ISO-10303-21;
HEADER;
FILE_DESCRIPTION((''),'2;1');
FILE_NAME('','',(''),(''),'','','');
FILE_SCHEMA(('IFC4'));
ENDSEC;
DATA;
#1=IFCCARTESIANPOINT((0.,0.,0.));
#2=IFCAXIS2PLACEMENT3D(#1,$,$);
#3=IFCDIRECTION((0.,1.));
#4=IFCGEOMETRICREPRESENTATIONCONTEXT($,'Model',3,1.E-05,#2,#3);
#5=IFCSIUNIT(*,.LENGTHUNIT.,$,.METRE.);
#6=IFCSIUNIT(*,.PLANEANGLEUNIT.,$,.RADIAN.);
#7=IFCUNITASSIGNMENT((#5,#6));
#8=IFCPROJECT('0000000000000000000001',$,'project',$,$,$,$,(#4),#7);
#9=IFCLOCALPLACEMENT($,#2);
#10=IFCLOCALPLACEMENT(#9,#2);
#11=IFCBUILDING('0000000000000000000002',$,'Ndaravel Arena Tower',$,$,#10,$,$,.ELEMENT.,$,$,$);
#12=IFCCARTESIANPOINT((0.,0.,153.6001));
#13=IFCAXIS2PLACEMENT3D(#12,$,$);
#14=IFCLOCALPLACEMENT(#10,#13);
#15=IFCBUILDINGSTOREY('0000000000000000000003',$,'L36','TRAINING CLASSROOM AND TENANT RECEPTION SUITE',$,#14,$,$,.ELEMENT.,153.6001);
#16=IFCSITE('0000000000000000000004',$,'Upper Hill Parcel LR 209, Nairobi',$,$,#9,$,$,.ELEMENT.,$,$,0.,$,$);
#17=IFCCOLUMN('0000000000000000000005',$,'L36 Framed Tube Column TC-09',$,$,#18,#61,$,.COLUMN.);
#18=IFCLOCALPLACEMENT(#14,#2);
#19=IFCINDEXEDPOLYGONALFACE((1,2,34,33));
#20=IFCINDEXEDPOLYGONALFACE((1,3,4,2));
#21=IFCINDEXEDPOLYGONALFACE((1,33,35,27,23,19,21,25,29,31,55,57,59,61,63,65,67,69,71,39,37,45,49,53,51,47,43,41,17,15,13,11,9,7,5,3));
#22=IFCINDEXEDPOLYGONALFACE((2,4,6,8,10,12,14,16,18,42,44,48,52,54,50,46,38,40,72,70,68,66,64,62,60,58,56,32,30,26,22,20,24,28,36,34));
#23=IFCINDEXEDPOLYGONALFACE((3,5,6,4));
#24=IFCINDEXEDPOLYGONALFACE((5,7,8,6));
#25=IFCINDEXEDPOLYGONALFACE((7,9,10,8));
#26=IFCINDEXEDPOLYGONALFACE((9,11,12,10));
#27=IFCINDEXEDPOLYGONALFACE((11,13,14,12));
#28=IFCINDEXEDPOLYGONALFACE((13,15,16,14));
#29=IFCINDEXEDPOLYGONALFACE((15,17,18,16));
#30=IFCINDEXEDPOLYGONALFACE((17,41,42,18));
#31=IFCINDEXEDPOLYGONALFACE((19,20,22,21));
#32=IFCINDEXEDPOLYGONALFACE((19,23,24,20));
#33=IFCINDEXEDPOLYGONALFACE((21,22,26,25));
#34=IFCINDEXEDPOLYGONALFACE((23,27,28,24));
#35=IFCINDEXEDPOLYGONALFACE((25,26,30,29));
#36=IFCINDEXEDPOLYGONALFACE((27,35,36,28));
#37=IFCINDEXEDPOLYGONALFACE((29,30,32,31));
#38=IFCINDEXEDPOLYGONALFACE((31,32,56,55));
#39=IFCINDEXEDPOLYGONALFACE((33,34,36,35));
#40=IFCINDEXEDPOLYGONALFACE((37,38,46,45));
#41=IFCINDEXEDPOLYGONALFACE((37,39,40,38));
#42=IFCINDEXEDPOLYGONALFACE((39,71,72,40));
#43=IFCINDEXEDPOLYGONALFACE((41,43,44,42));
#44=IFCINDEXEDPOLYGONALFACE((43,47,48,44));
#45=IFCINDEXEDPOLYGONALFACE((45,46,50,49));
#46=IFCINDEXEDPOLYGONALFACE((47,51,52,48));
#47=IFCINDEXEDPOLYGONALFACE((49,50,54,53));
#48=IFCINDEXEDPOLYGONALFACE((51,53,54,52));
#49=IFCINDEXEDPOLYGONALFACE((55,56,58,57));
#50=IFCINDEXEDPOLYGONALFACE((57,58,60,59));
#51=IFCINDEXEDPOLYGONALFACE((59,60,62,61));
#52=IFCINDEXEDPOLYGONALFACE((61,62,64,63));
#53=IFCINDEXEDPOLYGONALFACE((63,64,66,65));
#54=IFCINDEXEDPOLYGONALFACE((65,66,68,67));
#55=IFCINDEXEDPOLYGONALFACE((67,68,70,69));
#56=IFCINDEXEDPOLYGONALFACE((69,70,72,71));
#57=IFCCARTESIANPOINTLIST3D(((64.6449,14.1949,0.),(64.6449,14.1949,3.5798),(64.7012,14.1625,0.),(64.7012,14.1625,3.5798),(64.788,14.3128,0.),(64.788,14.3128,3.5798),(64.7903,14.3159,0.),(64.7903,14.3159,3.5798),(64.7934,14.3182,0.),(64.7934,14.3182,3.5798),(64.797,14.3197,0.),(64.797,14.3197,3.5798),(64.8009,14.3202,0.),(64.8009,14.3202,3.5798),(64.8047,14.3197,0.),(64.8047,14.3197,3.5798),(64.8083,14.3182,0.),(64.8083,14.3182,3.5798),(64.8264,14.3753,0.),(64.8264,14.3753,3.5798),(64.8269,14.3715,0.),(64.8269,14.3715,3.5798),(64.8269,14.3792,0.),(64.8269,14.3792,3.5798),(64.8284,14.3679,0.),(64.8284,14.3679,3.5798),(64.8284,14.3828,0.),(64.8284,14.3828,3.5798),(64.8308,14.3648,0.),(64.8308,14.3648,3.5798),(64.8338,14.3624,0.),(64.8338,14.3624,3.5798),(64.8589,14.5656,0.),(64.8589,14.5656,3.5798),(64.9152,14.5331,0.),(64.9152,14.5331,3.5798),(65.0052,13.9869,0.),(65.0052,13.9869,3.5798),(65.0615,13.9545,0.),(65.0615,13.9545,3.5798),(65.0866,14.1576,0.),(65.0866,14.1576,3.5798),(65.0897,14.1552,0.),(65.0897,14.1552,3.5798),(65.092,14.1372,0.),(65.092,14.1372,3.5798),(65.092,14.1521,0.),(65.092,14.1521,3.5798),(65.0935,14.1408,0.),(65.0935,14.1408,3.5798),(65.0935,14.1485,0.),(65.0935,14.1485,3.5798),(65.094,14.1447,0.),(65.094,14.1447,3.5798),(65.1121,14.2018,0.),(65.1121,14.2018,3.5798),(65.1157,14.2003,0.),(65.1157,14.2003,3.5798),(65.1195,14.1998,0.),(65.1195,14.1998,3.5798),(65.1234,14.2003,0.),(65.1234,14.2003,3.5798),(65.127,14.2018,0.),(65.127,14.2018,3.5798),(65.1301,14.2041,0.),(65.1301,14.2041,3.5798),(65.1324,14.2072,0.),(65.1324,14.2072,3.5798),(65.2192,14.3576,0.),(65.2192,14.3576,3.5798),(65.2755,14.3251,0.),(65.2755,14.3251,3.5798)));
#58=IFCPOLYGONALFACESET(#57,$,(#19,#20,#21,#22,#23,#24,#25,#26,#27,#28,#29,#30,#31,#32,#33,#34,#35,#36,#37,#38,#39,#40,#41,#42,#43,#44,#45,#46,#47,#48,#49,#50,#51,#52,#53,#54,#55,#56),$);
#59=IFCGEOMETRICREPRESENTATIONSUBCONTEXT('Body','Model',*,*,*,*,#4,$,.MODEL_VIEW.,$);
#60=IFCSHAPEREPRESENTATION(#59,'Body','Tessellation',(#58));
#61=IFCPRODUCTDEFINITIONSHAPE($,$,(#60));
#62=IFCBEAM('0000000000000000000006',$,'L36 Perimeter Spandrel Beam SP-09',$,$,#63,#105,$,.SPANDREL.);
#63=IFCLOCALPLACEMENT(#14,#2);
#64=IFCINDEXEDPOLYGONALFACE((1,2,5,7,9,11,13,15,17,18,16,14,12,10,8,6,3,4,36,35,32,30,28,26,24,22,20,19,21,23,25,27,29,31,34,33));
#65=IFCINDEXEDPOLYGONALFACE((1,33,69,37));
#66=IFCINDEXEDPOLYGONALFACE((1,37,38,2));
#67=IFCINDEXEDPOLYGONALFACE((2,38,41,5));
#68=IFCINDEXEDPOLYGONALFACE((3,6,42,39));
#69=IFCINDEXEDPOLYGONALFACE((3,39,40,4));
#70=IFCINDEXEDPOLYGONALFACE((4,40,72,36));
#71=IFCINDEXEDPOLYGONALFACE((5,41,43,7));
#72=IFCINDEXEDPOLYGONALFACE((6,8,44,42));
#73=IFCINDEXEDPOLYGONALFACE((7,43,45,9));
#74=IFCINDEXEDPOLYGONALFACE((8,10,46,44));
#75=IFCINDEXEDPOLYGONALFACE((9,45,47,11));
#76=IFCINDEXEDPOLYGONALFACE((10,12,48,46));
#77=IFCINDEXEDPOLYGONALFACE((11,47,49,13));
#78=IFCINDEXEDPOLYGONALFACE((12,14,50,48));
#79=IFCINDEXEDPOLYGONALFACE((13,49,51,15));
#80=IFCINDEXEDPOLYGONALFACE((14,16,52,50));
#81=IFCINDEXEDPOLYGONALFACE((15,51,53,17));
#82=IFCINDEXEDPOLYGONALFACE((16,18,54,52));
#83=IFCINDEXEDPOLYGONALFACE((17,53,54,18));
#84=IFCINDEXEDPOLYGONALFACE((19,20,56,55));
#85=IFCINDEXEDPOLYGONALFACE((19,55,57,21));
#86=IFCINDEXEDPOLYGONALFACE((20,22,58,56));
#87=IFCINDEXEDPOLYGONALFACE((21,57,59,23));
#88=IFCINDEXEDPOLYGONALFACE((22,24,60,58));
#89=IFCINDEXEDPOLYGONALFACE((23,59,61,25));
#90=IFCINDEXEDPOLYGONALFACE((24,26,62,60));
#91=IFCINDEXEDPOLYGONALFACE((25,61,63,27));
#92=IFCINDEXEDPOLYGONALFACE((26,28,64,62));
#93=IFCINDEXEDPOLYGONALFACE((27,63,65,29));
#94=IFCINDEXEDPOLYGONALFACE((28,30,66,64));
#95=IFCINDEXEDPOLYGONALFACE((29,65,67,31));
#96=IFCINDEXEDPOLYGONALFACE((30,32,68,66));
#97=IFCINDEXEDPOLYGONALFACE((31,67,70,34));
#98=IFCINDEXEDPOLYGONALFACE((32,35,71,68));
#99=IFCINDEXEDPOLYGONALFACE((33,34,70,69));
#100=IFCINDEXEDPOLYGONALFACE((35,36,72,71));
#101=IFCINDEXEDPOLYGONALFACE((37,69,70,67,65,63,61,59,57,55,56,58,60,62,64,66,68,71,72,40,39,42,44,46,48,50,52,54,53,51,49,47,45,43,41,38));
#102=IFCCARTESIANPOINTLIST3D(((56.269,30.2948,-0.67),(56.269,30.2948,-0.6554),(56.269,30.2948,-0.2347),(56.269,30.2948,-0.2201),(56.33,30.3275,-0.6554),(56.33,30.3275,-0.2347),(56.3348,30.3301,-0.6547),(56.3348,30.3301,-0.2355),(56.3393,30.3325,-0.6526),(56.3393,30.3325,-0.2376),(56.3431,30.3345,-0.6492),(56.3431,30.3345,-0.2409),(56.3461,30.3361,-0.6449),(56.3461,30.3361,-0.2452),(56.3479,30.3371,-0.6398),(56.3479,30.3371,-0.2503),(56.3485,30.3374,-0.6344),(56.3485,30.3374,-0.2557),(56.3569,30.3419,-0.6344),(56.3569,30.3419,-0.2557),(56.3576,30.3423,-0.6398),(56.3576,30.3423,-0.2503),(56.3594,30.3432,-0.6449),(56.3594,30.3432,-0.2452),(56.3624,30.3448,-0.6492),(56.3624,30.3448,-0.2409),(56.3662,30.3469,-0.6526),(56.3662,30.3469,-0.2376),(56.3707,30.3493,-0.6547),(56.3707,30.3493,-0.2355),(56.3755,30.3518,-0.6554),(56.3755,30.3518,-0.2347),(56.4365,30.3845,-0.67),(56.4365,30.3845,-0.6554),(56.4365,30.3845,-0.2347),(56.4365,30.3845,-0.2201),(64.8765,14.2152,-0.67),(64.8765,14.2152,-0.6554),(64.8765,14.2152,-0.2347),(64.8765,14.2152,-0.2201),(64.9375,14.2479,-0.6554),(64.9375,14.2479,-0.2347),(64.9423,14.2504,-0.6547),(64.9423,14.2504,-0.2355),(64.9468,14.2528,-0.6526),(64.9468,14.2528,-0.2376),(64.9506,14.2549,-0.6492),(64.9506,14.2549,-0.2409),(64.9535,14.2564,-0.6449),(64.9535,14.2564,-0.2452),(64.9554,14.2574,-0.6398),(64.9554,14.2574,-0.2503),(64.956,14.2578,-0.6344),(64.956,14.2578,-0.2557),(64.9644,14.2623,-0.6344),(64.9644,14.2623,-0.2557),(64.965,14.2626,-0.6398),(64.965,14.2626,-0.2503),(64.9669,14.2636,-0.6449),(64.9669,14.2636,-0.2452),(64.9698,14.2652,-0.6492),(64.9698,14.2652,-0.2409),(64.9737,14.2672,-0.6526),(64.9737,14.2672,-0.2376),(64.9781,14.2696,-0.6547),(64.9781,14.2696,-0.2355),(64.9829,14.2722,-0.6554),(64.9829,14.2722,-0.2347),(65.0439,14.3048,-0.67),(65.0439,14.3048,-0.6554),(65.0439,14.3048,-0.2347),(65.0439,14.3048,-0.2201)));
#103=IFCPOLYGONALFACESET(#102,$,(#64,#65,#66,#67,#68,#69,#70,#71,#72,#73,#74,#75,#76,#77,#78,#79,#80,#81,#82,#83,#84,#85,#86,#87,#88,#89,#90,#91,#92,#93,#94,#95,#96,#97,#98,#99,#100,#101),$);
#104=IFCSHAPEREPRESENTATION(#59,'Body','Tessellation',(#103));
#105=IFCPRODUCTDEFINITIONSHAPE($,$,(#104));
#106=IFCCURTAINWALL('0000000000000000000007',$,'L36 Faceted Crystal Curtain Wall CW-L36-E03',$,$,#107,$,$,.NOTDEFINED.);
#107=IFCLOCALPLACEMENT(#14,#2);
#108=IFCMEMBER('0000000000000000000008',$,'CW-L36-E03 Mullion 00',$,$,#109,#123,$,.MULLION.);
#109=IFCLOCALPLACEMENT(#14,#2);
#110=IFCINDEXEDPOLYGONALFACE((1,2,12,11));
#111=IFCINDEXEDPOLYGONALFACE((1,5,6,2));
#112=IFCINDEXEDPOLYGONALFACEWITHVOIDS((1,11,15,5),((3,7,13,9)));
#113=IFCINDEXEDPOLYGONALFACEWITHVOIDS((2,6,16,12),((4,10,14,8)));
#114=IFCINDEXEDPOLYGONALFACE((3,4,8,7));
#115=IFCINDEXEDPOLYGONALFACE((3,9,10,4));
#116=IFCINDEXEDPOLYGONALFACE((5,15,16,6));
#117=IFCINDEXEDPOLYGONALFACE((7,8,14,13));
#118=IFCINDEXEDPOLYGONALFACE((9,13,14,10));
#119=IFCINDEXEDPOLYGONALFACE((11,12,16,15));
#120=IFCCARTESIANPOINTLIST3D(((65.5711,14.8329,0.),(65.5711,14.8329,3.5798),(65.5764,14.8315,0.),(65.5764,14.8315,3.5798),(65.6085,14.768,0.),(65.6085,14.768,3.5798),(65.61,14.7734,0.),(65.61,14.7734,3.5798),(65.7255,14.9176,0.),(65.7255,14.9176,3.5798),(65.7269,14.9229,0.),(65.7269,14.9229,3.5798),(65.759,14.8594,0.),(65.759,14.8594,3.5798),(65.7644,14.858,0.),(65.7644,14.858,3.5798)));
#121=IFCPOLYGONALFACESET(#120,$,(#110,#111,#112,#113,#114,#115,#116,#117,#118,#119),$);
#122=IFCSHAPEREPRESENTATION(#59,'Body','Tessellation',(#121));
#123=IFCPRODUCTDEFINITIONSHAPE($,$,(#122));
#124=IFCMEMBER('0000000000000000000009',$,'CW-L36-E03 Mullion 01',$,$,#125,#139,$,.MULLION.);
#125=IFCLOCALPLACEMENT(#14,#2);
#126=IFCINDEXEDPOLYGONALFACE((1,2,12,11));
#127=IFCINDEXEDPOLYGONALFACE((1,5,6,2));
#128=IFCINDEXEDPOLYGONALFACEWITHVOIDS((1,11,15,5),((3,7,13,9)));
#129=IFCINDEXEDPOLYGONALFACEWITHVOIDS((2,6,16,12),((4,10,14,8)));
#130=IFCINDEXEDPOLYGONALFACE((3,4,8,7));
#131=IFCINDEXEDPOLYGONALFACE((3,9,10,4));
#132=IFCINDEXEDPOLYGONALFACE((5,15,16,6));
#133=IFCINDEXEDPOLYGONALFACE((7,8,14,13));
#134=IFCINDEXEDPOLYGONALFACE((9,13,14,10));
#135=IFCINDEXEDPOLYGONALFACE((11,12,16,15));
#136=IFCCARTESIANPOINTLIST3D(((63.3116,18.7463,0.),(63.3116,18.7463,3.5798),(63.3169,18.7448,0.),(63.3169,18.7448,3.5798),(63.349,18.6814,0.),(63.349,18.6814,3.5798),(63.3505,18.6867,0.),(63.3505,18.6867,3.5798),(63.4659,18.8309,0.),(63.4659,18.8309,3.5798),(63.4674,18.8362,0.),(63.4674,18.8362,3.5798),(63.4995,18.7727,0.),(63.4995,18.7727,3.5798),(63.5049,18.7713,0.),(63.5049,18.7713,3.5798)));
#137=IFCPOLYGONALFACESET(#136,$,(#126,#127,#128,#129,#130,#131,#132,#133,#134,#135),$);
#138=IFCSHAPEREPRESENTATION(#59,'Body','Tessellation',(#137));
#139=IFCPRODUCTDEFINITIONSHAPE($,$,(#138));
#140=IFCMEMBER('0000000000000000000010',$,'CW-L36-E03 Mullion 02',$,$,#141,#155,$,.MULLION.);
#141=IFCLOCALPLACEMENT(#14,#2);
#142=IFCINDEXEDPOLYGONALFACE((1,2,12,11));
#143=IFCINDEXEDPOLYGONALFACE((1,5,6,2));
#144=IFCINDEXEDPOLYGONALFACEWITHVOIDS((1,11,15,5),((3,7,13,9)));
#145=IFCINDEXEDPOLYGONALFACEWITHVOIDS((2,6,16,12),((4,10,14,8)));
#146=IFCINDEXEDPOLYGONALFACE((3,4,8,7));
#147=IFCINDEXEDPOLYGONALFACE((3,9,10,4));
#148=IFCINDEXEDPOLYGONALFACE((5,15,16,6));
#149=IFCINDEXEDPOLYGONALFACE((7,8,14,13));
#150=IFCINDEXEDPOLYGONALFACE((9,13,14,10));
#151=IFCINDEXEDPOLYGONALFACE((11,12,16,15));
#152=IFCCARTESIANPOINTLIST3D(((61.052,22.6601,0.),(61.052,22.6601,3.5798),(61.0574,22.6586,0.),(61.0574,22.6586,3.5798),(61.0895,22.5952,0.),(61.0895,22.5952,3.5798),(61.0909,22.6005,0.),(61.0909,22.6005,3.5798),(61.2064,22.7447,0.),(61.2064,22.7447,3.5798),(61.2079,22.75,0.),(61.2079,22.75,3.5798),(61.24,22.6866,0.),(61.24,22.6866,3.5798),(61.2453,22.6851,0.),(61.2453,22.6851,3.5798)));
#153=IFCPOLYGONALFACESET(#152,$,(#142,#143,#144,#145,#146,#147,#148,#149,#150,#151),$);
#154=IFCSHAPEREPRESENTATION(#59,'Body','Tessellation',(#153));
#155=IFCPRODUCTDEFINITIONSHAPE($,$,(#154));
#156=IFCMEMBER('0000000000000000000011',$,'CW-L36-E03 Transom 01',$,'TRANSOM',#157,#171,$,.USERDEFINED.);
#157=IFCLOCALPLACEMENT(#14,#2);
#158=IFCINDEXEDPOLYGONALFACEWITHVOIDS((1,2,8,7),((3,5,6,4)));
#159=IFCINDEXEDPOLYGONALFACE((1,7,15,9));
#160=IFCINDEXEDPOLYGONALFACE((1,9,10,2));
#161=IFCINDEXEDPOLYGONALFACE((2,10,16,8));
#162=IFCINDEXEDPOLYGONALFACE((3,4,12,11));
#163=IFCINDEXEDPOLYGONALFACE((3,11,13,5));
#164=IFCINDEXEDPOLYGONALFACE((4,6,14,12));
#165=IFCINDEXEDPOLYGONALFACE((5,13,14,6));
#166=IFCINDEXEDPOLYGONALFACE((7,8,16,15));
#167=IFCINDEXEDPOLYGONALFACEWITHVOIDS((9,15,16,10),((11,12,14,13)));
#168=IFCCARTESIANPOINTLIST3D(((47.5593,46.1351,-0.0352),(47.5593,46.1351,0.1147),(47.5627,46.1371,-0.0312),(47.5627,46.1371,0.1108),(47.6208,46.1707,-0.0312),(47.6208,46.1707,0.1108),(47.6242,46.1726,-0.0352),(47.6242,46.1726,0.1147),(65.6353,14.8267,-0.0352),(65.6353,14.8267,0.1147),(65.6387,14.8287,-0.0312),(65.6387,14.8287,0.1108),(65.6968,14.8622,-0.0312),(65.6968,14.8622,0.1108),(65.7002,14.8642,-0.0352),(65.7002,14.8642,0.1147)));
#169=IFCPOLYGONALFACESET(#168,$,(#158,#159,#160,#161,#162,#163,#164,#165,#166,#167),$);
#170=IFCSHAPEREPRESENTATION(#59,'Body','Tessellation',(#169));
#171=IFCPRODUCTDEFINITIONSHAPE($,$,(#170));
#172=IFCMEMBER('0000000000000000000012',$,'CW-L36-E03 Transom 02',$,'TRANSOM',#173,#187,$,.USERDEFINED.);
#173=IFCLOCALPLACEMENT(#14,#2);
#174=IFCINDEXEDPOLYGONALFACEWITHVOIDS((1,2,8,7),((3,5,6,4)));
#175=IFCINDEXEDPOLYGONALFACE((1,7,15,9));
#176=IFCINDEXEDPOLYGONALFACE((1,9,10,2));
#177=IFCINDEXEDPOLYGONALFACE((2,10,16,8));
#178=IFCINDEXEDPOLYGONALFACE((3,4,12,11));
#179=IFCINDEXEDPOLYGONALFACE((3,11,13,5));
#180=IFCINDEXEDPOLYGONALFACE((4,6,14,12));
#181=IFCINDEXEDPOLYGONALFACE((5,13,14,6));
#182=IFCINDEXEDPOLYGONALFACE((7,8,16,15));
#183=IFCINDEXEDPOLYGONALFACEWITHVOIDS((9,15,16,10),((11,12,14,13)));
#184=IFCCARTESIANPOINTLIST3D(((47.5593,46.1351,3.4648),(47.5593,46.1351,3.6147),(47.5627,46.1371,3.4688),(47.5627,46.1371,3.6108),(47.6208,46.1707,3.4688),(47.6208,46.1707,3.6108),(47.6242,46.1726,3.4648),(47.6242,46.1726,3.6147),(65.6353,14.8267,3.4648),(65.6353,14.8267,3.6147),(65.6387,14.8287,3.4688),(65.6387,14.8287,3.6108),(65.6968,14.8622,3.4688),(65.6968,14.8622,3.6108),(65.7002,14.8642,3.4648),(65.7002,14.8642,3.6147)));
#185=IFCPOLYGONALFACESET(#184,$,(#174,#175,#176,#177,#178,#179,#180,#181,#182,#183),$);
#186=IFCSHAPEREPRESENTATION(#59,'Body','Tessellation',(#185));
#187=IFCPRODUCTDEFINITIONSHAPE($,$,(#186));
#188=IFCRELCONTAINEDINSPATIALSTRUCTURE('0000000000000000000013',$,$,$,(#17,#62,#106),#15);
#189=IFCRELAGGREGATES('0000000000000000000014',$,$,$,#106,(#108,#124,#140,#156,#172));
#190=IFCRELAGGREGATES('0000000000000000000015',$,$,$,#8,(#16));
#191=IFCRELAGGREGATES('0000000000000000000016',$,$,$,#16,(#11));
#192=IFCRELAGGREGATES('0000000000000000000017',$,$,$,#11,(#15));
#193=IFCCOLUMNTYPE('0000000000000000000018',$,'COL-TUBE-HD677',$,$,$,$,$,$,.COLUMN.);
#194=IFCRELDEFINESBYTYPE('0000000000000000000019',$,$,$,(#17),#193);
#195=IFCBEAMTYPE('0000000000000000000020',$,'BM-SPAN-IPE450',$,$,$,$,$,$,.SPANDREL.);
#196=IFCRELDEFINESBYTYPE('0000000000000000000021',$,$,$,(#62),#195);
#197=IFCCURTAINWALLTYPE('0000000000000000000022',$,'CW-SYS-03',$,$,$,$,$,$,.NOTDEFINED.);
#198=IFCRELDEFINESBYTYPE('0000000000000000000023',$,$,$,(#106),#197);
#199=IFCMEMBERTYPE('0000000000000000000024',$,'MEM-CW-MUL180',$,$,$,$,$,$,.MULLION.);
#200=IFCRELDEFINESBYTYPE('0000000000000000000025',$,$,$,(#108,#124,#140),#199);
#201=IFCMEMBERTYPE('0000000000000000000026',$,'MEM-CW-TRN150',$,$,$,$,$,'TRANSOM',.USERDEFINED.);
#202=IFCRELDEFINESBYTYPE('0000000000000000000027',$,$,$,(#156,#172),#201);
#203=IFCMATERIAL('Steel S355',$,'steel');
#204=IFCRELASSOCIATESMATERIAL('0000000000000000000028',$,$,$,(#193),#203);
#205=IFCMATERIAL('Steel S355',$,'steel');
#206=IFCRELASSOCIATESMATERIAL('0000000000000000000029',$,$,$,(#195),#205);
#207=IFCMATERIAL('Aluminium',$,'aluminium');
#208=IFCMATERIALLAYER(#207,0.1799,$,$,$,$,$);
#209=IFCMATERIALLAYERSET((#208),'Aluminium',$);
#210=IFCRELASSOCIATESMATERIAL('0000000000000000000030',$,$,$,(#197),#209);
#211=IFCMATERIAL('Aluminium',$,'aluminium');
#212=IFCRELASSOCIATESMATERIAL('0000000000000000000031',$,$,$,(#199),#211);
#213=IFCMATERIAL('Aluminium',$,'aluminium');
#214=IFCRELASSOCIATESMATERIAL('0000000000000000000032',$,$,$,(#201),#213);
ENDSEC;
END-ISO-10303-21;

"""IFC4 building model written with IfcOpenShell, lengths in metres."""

from ifc_helpers import new_model, si_unit, direction, frame, origin, origin_2d, place, context, subcontext, project, spatial, hollow_rectangle, i_section, extrude, material, layer, layer_set, material_profile, profile_set, type_object, element, aggregate, save


model = new_model("IFC4")

# Units and contexts
model_context = context("Model", 3, precision=1e-05, world=origin(), true_north=direction((0.0, 1.0)))
body_context = subcontext(model_context, "Body", "Model", "MODEL_VIEW")
ifc_project = project(units=[si_unit("LENGTHUNIT", "METRE"), si_unit("PLANEANGLEUNIT", "RADIAN")], contexts=[model_context])

# Site, building, storey
site_placement = place(None, origin())
site = spatial("IfcSite", under=ifc_project, at=site_placement, Name="Upper Hill Parcel LR 209, Nairobi", CompositionType="ELEMENT", RefElevation=0.0)
building_placement = place(site_placement, origin())
building = spatial("IfcBuilding", under=site, at=building_placement, Name="Ndaravel Arena Tower", CompositionType="ELEMENT")
storey_placement = place(building_placement, frame((0.0, 0.0, 153.6001)))
storey = spatial("IfcBuildingStorey", under=building, at=storey_placement, Name="L36", Description="TRAINING CLASSROOM AND TENANT RECEPTION SUITE", CompositionType="ELEMENT", Elevation=153.6001)

# Column
ifc_material_1 = material(Name="Steel S355", Category="steel")
ifc_material_profile_1 = material_profile(ifc_material_1, i_section(OverallWidth=0.428, OverallDepth=0.481, WebThickness=0.051, FlangeThickness=0.0649, FilletRadius=0.0149, at=origin_2d()), Name="HD 400x677")
ifc_profile_set_1 = profile_set([ifc_material_profile_1], Name="Steel S355")
column_type = type_object("IfcColumnType", Name="COL-TUBE-HD677", PredefinedType="COLUMN", material=ifc_profile_set_1)
column_placement = place(storey_placement, frame((64.9602, 14.26, 0.0), z_axis=(0.0, 0.0, 1.0), x_axis=(0.5, 0.866025, 0.0)))
element("IfcColumn", 1, at=column_placement, inside=storey, type_object=column_type, Name="L36 Framed Tube Column TC-09", PredefinedType="COLUMN", context=body_context, shape_type="SweptSolid", body=[
    extrude(i_section(OverallWidth=0.428, OverallDepth=0.481, WebThickness=0.051, FlangeThickness=0.0649, FilletRadius=0.0149, at=origin_2d()), origin(), (0.0, 0.0, 1.0), 3.5798),
])

# Beam
ifc_material_2 = material(Name="Steel S355", Category="steel")
ifc_material_profile_2 = material_profile(ifc_material_2, i_section(OverallWidth=0.1899, OverallDepth=0.45, WebThickness=0.0095, FlangeThickness=0.0146, FilletRadius=0.021, at=origin_2d()), Name="IPE 450")
ifc_profile_set_2 = profile_set([ifc_material_profile_2], Name="Steel S355")
beam_type = type_object("IfcBeamType", Name="BM-SPAN-IPE450", PredefinedType="SPANDREL", material=ifc_profile_set_2)
beam_placement = place(storey_placement, frame((64.9602, 14.26, -0.4451), z_axis=(-0.471938, 0.881632, 0.0), x_axis=(-0.881632, -0.471938, 0.0)))
element("IfcBeam", 2, at=beam_placement, inside=storey, type_object=beam_type, Name="L36 Perimeter Spandrel Beam SP-09", PredefinedType="SPANDREL", context=body_context, shape_type="SweptSolid", body=[
    extrude(i_section(OverallWidth=0.1899, OverallDepth=0.45, WebThickness=0.0095, FlangeThickness=0.0146, FilletRadius=0.021, at=origin_2d()), origin(), (0.0, 0.0, 1.0), 18.2385),
])

# Curtain wall, members
ifc_material_3 = material(Name="Aluminium", Category="aluminium")
ifc_layer_1 = layer(ifc_material_3, 0.1799)
ifc_layer_set_1 = layer_set([ifc_layer_1], Name="Aluminium")
curtain_wall_type = type_object("IfcCurtainWallType", Name="CW-SYS-03", PredefinedType="NOTDEFINED", material=ifc_layer_set_1)
curtain_wall_placement = place(storey_placement, origin())
curtain_wall = element("IfcCurtainWall", 3, at=curtain_wall_placement, inside=storey, type_object=curtain_wall_type, Name="L36 Faceted Crystal Curtain Wall CW-L36-E03", PredefinedType="NOTDEFINED")
ifc_material_4 = material(Name="Aluminium", Category="aluminium")
ifc_material_profile_3 = material_profile(ifc_material_4, hollow_rectangle(XDim=0.075, YDim=0.1799, WallThickness=0.0039, at=origin_2d()), Name="CW MULLION 75x180x4")
ifc_profile_set_3 = profile_set([ifc_material_profile_3], Name="Aluminium")
member_type_1 = type_object("IfcMemberType", Name="MEM-CW-MUL180", PredefinedType="MULLION", material=ifc_profile_set_3)
member_1_placement = place(storey_placement, frame((65.6677, 14.8455, 0.0), z_axis=(0.0, 0.0, 1.0), x_axis=(-0.5, 0.866025, 0.0)))
member_1 = element("IfcMember", 4, at=member_1_placement, type_object=member_type_1, Name="CW-L36-E03 Mullion 00", PredefinedType="MULLION", context=body_context, shape_type="SweptSolid", body=[
    extrude(hollow_rectangle(XDim=0.075, YDim=0.1799, WallThickness=0.0039, at=origin_2d()), origin(), (0.0, 0.0, 1.0), 3.5798),
])
member_2_placement = place(storey_placement, frame((63.4082, 18.7588, 0.0), z_axis=(0.0, 0.0, 1.0), x_axis=(-0.5, 0.866025, 0.0)))
member_2 = element("IfcMember", 5, at=member_2_placement, type_object=member_type_1, Name="CW-L36-E03 Mullion 01", PredefinedType="MULLION", context=body_context, shape_type="SweptSolid", body=[
    extrude(hollow_rectangle(XDim=0.075, YDim=0.1799, WallThickness=0.0039, at=origin_2d()), origin(), (0.0, 0.0, 1.0), 3.5798),
])
member_3_placement = place(storey_placement, frame((61.1487, 22.6726, 0.0), z_axis=(0.0, 0.0, 1.0), x_axis=(-0.5, 0.866025, 0.0)))
member_3 = element("IfcMember", 6, at=member_3_placement, type_object=member_type_1, Name="CW-L36-E03 Mullion 02", PredefinedType="MULLION", context=body_context, shape_type="SweptSolid", body=[
    extrude(hollow_rectangle(XDim=0.075, YDim=0.1799, WallThickness=0.0039, at=origin_2d()), origin(), (0.0, 0.0, 1.0), 3.5798),
])
ifc_material_5 = material(Name="Aluminium", Category="aluminium")
ifc_material_profile_4 = material_profile(ifc_material_5, hollow_rectangle(XDim=0.075, YDim=0.1499, WallThickness=0.0039, at=origin_2d()), Name="CW TRANSOM 75x150x4")
ifc_profile_set_4 = profile_set([ifc_material_profile_4], Name="Aluminium")
member_type_2 = type_object("IfcMemberType", Name="MEM-CW-TRN150", ElementType="TRANSOM", PredefinedType="USERDEFINED", material=ifc_profile_set_4)
member_4_placement = place(storey_placement, frame((65.6677, 14.8455, 0.0398), z_axis=(-0.500001, 0.866025, 0.0), x_axis=(-0.866025, -0.500001, 0.0)))
member_4 = element("IfcMember", 7, at=member_4_placement, type_object=member_type_2, Name="CW-L36-E03 Transom 01", ObjectType="TRANSOM", PredefinedType="USERDEFINED", context=body_context, shape_type="SweptSolid", body=[
    extrude(hollow_rectangle(XDim=0.075, YDim=0.1499, WallThickness=0.0039, at=origin_2d()), origin(), (0.0, 0.0, 1.0), 36.1519),
])
member_5_placement = place(storey_placement, frame((65.6677, 14.8455, 3.5398), z_axis=(-0.500001, 0.866025, 0.0), x_axis=(-0.866025, -0.500001, 0.0)))
member_5 = element("IfcMember", 8, at=member_5_placement, type_object=member_type_2, Name="CW-L36-E03 Transom 02", ObjectType="TRANSOM", PredefinedType="USERDEFINED", context=body_context, shape_type="SweptSolid", body=[
    extrude(hollow_rectangle(XDim=0.075, YDim=0.1499, WallThickness=0.0039, at=origin_2d()), origin(), (0.0, 0.0, 1.0), 36.1519),
])
aggregate(curtain_wall, [member_1, member_2, member_3, member_4, member_5])

save(model, "model.ifc")
